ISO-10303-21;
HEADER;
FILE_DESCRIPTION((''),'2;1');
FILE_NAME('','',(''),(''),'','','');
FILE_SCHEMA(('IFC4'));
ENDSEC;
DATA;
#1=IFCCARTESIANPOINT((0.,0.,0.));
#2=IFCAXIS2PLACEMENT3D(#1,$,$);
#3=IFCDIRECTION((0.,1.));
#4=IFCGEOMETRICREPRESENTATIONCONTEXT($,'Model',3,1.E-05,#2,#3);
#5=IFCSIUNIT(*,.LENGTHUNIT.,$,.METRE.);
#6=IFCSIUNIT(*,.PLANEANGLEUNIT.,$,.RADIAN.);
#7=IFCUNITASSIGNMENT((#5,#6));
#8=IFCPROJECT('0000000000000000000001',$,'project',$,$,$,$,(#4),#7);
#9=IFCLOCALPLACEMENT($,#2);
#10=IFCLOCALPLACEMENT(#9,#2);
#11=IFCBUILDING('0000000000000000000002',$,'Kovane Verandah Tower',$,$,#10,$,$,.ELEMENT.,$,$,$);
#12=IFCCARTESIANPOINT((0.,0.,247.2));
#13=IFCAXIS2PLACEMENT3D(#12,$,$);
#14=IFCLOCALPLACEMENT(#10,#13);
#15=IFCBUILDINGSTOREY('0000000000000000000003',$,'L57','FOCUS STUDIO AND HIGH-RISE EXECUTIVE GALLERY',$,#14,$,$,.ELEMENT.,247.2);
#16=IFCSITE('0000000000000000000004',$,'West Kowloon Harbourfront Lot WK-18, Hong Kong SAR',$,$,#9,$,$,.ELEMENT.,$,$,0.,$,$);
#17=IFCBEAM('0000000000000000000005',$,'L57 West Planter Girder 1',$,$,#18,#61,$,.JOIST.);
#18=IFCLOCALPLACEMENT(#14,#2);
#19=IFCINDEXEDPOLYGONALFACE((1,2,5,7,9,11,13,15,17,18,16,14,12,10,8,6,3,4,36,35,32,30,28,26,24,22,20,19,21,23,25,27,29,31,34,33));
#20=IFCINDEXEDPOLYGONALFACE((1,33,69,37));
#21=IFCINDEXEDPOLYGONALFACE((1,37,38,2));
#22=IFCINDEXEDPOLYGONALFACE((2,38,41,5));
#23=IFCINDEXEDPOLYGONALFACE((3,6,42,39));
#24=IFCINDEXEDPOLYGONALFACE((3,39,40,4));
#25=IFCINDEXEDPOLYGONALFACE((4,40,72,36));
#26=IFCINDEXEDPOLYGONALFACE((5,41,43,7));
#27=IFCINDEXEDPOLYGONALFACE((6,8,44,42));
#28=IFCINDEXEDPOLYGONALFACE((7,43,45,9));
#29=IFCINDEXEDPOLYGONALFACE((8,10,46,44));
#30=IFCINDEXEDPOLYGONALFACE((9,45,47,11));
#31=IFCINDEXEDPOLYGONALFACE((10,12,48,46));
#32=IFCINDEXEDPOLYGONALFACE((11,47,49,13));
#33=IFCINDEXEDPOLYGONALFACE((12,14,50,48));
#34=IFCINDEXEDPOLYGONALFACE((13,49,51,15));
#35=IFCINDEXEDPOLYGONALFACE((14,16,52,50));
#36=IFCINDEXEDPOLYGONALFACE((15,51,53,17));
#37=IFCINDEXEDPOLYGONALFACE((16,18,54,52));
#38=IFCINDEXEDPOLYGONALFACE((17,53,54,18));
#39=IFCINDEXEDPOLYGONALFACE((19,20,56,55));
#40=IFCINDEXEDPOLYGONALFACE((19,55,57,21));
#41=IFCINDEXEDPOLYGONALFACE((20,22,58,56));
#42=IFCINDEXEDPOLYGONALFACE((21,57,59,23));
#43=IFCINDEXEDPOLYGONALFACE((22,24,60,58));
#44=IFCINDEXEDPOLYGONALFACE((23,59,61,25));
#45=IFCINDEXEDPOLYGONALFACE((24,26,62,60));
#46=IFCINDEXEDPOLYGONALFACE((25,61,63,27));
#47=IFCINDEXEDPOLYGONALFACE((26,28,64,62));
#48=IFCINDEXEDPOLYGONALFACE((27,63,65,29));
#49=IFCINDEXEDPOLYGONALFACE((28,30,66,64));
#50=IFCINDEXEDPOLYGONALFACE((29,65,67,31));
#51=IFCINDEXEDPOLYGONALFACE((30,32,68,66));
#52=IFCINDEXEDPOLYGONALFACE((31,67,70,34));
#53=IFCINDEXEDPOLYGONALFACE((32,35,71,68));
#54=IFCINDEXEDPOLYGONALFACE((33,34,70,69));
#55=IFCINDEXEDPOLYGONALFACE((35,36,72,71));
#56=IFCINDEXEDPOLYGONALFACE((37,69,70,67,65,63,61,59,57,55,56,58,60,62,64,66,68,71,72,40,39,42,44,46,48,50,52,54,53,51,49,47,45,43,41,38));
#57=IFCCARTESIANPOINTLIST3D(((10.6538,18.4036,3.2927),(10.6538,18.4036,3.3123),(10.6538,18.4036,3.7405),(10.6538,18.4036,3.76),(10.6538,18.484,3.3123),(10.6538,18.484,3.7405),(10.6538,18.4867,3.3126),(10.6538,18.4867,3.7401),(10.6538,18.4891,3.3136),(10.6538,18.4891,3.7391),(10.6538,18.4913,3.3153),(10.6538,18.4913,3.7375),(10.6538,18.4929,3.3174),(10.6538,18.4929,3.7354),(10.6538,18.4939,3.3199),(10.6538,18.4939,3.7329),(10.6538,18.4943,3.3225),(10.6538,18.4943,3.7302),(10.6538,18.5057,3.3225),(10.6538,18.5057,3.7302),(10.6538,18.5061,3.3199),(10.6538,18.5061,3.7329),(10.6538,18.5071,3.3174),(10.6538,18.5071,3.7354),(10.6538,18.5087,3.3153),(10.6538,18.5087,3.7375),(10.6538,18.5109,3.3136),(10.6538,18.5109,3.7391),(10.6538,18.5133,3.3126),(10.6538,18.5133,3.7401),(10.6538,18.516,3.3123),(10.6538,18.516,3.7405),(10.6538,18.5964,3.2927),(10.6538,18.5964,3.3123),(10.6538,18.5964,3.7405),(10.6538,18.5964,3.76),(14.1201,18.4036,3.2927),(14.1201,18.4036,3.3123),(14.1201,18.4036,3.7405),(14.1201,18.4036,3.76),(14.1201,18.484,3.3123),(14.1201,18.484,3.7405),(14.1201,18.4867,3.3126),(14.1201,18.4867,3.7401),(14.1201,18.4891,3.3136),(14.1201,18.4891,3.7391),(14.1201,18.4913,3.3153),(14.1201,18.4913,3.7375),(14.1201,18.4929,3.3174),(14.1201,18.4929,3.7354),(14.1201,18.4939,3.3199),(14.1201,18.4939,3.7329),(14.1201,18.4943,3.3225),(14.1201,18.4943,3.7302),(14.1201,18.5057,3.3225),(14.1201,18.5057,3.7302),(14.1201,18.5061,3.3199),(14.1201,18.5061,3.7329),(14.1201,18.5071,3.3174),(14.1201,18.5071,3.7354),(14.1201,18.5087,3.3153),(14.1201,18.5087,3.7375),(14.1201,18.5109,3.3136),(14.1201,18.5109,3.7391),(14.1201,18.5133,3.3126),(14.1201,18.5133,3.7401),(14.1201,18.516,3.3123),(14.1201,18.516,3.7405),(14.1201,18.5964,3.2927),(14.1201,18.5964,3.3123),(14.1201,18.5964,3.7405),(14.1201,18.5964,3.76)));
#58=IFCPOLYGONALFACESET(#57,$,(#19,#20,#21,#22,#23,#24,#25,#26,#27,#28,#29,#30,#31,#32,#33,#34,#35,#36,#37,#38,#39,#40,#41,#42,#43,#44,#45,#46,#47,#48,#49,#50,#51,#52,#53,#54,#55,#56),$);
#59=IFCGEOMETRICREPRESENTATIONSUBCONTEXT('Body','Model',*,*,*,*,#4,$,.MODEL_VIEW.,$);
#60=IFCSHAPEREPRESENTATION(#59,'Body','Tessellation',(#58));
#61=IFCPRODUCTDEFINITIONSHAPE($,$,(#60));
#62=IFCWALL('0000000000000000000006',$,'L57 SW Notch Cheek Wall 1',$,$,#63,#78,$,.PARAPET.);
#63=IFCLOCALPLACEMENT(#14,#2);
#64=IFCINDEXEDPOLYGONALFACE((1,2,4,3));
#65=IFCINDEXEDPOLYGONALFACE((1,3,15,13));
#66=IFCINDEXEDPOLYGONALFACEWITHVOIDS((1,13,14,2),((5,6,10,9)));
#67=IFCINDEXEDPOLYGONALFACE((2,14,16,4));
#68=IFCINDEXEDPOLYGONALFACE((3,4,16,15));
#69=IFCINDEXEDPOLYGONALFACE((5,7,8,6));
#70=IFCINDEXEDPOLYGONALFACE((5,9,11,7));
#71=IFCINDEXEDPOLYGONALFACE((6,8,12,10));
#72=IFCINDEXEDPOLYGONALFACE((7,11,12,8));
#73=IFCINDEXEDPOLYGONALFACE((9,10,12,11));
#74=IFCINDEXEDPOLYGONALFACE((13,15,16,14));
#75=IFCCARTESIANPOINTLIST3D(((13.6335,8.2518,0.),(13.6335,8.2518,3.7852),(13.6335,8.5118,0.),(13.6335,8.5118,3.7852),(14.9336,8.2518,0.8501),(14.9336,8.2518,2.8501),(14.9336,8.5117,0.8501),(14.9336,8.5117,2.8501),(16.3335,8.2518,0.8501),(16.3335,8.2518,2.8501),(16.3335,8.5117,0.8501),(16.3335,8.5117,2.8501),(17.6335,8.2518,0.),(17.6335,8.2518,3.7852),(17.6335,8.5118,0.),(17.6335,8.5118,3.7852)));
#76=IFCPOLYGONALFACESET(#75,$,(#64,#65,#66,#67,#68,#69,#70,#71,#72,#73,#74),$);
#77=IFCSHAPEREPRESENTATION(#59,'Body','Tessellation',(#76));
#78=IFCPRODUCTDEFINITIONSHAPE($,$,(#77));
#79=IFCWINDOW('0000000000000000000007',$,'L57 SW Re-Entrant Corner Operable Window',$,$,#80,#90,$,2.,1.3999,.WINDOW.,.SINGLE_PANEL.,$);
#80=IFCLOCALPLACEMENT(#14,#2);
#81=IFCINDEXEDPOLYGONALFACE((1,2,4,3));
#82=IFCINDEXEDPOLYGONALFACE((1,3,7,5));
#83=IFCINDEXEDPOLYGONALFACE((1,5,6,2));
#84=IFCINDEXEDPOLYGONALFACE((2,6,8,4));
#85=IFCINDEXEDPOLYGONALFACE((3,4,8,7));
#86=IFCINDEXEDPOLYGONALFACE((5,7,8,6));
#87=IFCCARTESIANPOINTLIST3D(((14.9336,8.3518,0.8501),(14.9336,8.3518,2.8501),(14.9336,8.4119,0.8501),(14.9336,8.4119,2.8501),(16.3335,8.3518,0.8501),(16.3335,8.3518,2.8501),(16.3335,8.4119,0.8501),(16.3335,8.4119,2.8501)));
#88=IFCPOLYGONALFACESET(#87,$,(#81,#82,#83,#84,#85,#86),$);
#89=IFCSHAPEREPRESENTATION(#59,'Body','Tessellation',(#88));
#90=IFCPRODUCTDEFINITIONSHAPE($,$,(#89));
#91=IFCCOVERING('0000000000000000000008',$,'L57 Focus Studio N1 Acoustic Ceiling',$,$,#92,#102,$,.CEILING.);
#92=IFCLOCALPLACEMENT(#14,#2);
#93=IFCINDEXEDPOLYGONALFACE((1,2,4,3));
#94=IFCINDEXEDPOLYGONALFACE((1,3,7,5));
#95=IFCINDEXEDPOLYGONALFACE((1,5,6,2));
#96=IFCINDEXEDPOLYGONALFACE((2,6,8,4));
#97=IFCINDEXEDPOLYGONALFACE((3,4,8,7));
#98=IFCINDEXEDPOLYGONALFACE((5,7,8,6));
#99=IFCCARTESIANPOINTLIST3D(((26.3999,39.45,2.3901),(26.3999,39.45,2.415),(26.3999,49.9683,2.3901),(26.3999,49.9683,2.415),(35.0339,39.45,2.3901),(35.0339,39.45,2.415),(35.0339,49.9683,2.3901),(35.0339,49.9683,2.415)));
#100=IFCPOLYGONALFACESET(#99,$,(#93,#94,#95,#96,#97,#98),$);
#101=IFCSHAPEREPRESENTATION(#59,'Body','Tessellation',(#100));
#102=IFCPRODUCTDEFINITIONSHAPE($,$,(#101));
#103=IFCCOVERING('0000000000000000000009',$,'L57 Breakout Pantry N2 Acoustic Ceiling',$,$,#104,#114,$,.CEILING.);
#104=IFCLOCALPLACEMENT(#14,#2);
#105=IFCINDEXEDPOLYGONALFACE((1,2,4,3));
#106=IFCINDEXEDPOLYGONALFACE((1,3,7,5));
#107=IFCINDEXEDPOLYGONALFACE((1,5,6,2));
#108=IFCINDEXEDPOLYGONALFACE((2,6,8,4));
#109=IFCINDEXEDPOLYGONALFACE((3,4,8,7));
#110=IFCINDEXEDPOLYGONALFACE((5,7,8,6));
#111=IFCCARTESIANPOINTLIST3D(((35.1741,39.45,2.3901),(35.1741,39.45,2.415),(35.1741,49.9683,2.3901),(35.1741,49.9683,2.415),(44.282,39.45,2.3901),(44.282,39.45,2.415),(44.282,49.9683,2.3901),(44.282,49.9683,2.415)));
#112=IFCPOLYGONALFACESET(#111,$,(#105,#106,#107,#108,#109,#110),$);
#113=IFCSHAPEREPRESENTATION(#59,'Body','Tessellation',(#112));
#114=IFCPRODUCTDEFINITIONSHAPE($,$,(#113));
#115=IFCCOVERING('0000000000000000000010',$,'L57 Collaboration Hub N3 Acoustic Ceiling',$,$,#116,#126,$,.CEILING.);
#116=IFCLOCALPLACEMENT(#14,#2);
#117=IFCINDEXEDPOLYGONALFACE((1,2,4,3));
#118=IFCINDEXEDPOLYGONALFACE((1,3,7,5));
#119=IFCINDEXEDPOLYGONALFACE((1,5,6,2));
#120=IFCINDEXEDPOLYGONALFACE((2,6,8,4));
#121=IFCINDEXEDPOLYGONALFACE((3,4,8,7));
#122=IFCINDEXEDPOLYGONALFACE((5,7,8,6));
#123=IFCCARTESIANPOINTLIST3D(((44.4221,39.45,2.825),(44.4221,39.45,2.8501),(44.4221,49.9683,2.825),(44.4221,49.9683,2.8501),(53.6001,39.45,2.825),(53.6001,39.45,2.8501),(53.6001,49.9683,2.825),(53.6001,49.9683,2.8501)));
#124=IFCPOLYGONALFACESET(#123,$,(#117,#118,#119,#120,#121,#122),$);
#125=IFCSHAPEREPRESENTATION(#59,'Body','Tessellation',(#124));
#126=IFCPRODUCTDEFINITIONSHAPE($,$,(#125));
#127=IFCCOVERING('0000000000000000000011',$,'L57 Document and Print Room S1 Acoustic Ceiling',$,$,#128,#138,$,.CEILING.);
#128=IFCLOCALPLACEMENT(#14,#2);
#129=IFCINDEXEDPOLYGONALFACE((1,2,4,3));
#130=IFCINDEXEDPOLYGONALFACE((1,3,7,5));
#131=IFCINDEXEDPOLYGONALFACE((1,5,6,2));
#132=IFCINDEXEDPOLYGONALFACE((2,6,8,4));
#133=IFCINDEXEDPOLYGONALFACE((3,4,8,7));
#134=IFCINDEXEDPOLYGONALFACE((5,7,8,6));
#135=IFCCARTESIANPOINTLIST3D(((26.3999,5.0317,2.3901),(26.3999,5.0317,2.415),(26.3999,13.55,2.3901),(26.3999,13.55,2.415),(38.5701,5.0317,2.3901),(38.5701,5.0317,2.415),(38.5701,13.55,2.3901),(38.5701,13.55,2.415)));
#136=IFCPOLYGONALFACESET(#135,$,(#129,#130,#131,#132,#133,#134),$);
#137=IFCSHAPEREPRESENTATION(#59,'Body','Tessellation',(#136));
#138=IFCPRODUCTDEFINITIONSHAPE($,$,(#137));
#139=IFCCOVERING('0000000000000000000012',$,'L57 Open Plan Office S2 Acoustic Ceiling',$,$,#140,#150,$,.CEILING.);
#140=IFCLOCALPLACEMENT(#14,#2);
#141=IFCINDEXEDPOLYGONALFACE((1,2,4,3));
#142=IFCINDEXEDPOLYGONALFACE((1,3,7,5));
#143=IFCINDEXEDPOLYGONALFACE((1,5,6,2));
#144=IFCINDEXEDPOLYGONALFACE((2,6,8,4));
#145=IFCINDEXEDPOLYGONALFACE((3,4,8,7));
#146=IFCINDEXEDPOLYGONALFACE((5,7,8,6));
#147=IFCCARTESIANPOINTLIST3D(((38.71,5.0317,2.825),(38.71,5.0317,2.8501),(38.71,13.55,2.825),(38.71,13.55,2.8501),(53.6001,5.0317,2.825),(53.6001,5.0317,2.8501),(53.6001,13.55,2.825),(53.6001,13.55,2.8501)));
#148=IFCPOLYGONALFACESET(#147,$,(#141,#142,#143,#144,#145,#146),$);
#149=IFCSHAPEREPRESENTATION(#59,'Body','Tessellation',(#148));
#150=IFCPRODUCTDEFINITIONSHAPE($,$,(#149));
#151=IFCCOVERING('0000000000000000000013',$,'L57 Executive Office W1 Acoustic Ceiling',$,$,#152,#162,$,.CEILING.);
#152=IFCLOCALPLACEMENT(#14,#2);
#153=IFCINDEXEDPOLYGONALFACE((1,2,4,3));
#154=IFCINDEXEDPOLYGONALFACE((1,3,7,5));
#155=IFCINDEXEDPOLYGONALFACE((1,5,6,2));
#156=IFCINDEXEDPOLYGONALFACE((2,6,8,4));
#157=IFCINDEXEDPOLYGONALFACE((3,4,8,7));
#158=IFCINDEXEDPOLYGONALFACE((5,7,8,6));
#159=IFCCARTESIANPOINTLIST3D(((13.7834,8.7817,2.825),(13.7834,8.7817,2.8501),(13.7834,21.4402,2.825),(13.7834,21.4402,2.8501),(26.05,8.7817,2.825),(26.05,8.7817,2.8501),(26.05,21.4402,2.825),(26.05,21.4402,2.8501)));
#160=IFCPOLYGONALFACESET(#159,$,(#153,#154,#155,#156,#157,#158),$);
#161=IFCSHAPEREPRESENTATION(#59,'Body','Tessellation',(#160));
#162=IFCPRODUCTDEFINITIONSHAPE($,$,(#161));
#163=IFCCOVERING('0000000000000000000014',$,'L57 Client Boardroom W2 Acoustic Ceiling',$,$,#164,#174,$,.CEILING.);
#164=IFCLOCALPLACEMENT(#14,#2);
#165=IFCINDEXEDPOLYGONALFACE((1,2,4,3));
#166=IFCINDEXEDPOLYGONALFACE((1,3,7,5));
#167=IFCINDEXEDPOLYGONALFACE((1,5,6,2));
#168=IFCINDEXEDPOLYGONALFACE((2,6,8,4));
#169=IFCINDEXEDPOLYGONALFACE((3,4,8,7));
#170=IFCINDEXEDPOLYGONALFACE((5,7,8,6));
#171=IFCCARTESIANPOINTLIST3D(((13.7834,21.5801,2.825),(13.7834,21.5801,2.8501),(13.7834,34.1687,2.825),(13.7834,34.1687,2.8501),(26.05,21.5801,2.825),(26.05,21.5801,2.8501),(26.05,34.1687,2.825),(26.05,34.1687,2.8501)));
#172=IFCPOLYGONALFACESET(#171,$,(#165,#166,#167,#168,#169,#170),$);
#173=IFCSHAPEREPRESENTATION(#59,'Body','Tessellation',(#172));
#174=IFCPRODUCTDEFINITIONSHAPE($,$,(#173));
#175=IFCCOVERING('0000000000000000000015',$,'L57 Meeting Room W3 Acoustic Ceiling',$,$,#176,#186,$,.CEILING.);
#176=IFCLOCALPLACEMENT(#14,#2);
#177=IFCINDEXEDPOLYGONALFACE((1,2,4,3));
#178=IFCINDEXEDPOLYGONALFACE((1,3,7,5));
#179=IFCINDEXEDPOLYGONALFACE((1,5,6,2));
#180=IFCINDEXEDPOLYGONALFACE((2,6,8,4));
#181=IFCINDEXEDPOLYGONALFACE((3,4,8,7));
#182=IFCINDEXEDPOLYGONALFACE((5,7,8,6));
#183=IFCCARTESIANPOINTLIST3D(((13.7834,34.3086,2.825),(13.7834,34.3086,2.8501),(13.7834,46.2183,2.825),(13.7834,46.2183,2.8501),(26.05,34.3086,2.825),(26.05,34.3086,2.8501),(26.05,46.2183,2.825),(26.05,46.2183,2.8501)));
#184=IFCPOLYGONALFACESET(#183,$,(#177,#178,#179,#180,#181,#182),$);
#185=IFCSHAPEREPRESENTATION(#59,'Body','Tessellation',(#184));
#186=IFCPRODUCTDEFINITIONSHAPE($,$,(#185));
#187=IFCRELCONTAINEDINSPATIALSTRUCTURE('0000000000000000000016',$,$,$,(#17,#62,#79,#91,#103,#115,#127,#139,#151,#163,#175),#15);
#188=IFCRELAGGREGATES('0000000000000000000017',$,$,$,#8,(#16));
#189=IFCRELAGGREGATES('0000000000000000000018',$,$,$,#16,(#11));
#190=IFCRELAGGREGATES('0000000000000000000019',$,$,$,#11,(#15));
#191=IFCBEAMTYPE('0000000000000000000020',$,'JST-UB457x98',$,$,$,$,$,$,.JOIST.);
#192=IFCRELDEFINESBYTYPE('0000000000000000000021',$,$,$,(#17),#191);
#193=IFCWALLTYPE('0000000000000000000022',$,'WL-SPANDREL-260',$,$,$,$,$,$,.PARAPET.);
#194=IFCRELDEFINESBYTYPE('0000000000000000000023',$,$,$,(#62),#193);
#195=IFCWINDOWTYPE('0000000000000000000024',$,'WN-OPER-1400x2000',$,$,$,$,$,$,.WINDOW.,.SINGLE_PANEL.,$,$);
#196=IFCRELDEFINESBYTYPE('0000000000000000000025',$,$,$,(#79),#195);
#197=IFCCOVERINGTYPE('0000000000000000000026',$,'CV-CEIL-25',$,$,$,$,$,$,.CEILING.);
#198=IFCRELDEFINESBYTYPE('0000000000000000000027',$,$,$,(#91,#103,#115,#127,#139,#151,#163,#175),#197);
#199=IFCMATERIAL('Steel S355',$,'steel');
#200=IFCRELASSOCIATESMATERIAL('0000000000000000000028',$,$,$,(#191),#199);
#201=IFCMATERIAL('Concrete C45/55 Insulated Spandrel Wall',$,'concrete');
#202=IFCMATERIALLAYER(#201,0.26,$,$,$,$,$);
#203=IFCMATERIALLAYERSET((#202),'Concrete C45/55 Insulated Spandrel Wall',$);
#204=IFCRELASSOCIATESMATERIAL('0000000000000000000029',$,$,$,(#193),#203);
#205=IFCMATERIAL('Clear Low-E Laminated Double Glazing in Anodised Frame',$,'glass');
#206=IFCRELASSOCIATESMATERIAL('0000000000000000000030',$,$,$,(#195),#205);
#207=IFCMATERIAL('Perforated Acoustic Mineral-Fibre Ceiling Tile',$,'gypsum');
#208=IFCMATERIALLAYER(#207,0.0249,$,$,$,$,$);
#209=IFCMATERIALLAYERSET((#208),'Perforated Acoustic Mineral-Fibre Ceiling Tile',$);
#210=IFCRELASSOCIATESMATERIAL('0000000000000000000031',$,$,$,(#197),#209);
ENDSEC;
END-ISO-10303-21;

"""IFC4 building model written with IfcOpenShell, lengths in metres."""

from ifc_helpers import new_model, si_unit, direction, frame, frame_2d, origin, origin_2d, place, context, subcontext, project, spatial, polyline, rectangle, i_section, outline, extrude, material, layer, layer_set, material_profile, profile_set, type_object, element, fill, save


model = new_model("IFC4")

# Units and contexts
model_context = context("Model", 3, precision=1e-05, world=origin(), true_north=direction((0.0, 1.0)))
body_context = subcontext(model_context, "Body", "Model", "MODEL_VIEW")
ifc_project = project(units=[si_unit("LENGTHUNIT", "METRE"), si_unit("PLANEANGLEUNIT", "RADIAN")], contexts=[model_context])

# Site, building, storey
site_placement = place(None, origin())
site = spatial("IfcSite", under=ifc_project, at=site_placement, Name="West Kowloon Harbourfront Lot WK-18, Hong Kong SAR", CompositionType="ELEMENT", RefElevation=0.0)
building_placement = place(site_placement, origin())
building = spatial("IfcBuilding", under=site, at=building_placement, Name="Kovane Verandah Tower", CompositionType="ELEMENT")
storey_placement = place(building_placement, frame((0.0, 0.0, 247.2)))
storey = spatial("IfcBuildingStorey", under=building, at=storey_placement, Name="L57", Description="FOCUS STUDIO AND HIGH-RISE EXECUTIVE GALLERY", CompositionType="ELEMENT", Elevation=247.2)

# Beam
ifc_material_1 = material(Name="Steel S355", Category="steel")
ifc_material_profile = material_profile(ifc_material_1, i_section(OverallWidth=0.1929, OverallDepth=0.4673, WebThickness=0.0115, FlangeThickness=0.0195, FilletRadius=0.0103, at=origin_2d()), Name="UB457x191x98")
ifc_profile_set = profile_set([ifc_material_profile], Name="Steel S355")
beam_type = type_object("IfcBeamType", Name="JST-UB457x98", PredefinedType="JOIST", material=ifc_profile_set)
beam_placement = place(storey_placement, frame((14.1201, 18.5, 3.5264), z_axis=(-1.0, 0.0, 0.0), x_axis=(0.0, -1.0, 0.0)))
element("IfcBeam", 1, at=beam_placement, inside=storey, type_object=beam_type, Name="L57 West Planter Girder 1", PredefinedType="JOIST", context=body_context, shape_type="SweptSolid", body=[
    extrude(i_section(OverallWidth=0.1929, OverallDepth=0.4673, WebThickness=0.0115, FlangeThickness=0.0195, FilletRadius=0.0103, at=origin_2d()), origin(), (0.0, 0.0, 1.0), 3.4663),
])

# Wall, opening, window
ifc_material_2 = material(Name="Concrete C45/55 Insulated Spandrel Wall", Category="concrete")
ifc_layer_1 = layer(ifc_material_2, 0.26)
ifc_layer_set_1 = layer_set([ifc_layer_1], Name="Concrete C45/55 Insulated Spandrel Wall")
wall_type = type_object("IfcWallType", Name="WL-SPANDREL-260", PredefinedType="PARAPET", material=ifc_layer_set_1)
wall_placement = place(storey_placement, frame((13.6335, 8.3818, 0.0), z_axis=(0.0, 0.0, 1.0), x_axis=(1.0, 0.0, 0.0)))
wall = element("IfcWall", 2, at=wall_placement, inside=storey, type_object=wall_type, Name="L57 SW Notch Cheek Wall 1", PredefinedType="PARAPET", context=body_context, shape_type="SweptSolid", body=[
    extrude(rectangle(XDim=4.0, YDim=0.26, at=frame_2d((2.0, 0.0))), origin(), (0.0, 0.0, 1.0), 3.7852),
])
opening_placement = place(wall_placement, frame((1.3, 0.0, 0.8501)))
opening = element("IfcOpeningElement", 3, at=opening_placement, cuts=wall, PredefinedType="OPENING", context=body_context, shape_type="SweptSolid", body=[
    extrude(rectangle(XDim=1.3999, YDim=2.0, at=frame_2d((0.7, 1.0))), frame((0.0, 0.1299, 0.0), z_axis=(0.0, -1.0, 0.0), x_axis=(1.0, 0.0, 0.0)), (0.0, 0.0, 1.0), 0.26),
])
ifc_material_3 = material(Name="Clear Low-E Laminated Double Glazing in Anodised Frame", Category="glass")
window_type = type_object("IfcWindowType", Name="WN-OPER-1400x2000", PartitioningType="SINGLE_PANEL", PredefinedType="WINDOW", material=ifc_material_3)
window_placement = place(opening_placement, origin())
window = element("IfcWindow", 4, at=window_placement, inside=storey, type_object=window_type, Name="L57 SW Re-Entrant Corner Operable Window", OverallHeight=2.0, OverallWidth=1.3999, PartitioningType="SINGLE_PANEL", PredefinedType="WINDOW", context=body_context, shape_type="SweptSolid", body=[
    extrude(rectangle(XDim=1.3999, YDim=2.0, at=frame_2d((0.7, 1.0))), frame((0.0, 0.03, 0.0), z_axis=(0.0, -1.0, 0.0), x_axis=(1.0, 0.0, 0.0)), (0.0, 0.0, 1.0), 0.0601),
])
fill(opening, window)

# Coverings
ifc_material_4 = material(Name="Perforated Acoustic Mineral-Fibre Ceiling Tile", Category="gypsum")
ifc_layer_2 = layer(ifc_material_4, 0.0249)
ifc_layer_set_2 = layer_set([ifc_layer_2], Name="Perforated Acoustic Mineral-Fibre Ceiling Tile")
covering_type_1 = type_object("IfcCoveringType", Name="CV-CEIL-25", PredefinedType="CEILING", material=ifc_layer_set_2)
covering_1_placement = place(storey_placement, frame((0.0, 0.0, 2.3901)))
element("IfcCovering", 5, at=covering_1_placement, inside=storey, type_object=covering_type_1, Name="L57 Focus Studio N1 Acoustic Ceiling", PredefinedType="CEILING", context=body_context, shape_type="SweptSolid", body=[
    extrude(outline(polyline([(26.3999, 39.45), (35.0339, 39.45), (35.0339, 49.9683), (26.3999, 49.9683), (26.3999, 39.45)])), origin(), (0.0, 0.0, 1.0), 0.0249),
])
covering_2_placement = place(storey_placement, frame((0.0, 0.0, 2.3901)))
element("IfcCovering", 6, at=covering_2_placement, inside=storey, type_object=covering_type_1, Name="L57 Breakout Pantry N2 Acoustic Ceiling", PredefinedType="CEILING", context=body_context, shape_type="SweptSolid", body=[
    extrude(outline(polyline([(35.1741, 39.45), (44.282, 39.45), (44.282, 49.9683), (35.1741, 49.9683), (35.1741, 39.45)])), origin(), (0.0, 0.0, 1.0), 0.0249),
])
covering_3_placement = place(storey_placement, frame((0.0, 0.0, 2.825)))
element("IfcCovering", 7, at=covering_3_placement, inside=storey, type_object=covering_type_1, Name="L57 Collaboration Hub N3 Acoustic Ceiling", PredefinedType="CEILING", context=body_context, shape_type="SweptSolid", body=[
    extrude(outline(polyline([(44.4221, 39.45), (53.6001, 39.45), (53.6001, 49.9683), (44.4221, 49.9683), (44.4221, 39.45)])), origin(), (0.0, 0.0, 1.0), 0.0251),
])
covering_4_placement = place(storey_placement, frame((0.0, 0.0, 2.3901)))
element("IfcCovering", 8, at=covering_4_placement, inside=storey, type_object=covering_type_1, Name="L57 Document and Print Room S1 Acoustic Ceiling", PredefinedType="CEILING", context=body_context, shape_type="SweptSolid", body=[
    extrude(outline(polyline([(26.3999, 5.0317), (38.5701, 5.0317), (38.5701, 13.55), (26.3999, 13.55), (26.3999, 5.0317)])), origin(), (0.0, 0.0, 1.0), 0.0249),
])
covering_5_placement = place(storey_placement, frame((0.0, 0.0, 2.825)))
element("IfcCovering", 9, at=covering_5_placement, inside=storey, type_object=covering_type_1, Name="L57 Open Plan Office S2 Acoustic Ceiling", PredefinedType="CEILING", context=body_context, shape_type="SweptSolid", body=[
    extrude(outline(polyline([(38.71, 5.0317), (53.6001, 5.0317), (53.6001, 13.55), (38.71, 13.55), (38.71, 5.0317)])), origin(), (0.0, 0.0, 1.0), 0.0251),
])
covering_6_placement = place(storey_placement, frame((0.0, 0.0, 2.825)))
element("IfcCovering", 10, at=covering_6_placement, inside=storey, type_object=covering_type_1, Name="L57 Executive Office W1 Acoustic Ceiling", PredefinedType="CEILING", context=body_context, shape_type="SweptSolid", body=[
    extrude(outline(polyline([(13.7834, 8.7817), (26.05, 8.7817), (26.05, 21.4402), (13.7834, 21.4402), (13.7834, 8.7817)])), origin(), (0.0, 0.0, 1.0), 0.0251),
])
covering_7_placement = place(storey_placement, frame((0.0, 0.0, 2.825)))
element("IfcCovering", 11, at=covering_7_placement, inside=storey, type_object=covering_type_1, Name="L57 Client Boardroom W2 Acoustic Ceiling", PredefinedType="CEILING", context=body_context, shape_type="SweptSolid", body=[
    extrude(outline(polyline([(13.7834, 21.5801), (26.05, 21.5801), (26.05, 34.1687), (13.7834, 34.1687), (13.7834, 21.5801)])), origin(), (0.0, 0.0, 1.0), 0.0251),
])
covering_8_placement = place(storey_placement, frame((0.0, 0.0, 2.825)))
element("IfcCovering", 12, at=covering_8_placement, inside=storey, type_object=covering_type_1, Name="L57 Meeting Room W3 Acoustic Ceiling", PredefinedType="CEILING", context=body_context, shape_type="SweptSolid", body=[
    extrude(outline(polyline([(13.7834, 34.3086), (26.05, 34.3086), (26.05, 46.2183), (13.7834, 46.2183), (13.7834, 34.3086)])), origin(), (0.0, 0.0, 1.0), 0.0251),
])

save(model, "model.ifc")
